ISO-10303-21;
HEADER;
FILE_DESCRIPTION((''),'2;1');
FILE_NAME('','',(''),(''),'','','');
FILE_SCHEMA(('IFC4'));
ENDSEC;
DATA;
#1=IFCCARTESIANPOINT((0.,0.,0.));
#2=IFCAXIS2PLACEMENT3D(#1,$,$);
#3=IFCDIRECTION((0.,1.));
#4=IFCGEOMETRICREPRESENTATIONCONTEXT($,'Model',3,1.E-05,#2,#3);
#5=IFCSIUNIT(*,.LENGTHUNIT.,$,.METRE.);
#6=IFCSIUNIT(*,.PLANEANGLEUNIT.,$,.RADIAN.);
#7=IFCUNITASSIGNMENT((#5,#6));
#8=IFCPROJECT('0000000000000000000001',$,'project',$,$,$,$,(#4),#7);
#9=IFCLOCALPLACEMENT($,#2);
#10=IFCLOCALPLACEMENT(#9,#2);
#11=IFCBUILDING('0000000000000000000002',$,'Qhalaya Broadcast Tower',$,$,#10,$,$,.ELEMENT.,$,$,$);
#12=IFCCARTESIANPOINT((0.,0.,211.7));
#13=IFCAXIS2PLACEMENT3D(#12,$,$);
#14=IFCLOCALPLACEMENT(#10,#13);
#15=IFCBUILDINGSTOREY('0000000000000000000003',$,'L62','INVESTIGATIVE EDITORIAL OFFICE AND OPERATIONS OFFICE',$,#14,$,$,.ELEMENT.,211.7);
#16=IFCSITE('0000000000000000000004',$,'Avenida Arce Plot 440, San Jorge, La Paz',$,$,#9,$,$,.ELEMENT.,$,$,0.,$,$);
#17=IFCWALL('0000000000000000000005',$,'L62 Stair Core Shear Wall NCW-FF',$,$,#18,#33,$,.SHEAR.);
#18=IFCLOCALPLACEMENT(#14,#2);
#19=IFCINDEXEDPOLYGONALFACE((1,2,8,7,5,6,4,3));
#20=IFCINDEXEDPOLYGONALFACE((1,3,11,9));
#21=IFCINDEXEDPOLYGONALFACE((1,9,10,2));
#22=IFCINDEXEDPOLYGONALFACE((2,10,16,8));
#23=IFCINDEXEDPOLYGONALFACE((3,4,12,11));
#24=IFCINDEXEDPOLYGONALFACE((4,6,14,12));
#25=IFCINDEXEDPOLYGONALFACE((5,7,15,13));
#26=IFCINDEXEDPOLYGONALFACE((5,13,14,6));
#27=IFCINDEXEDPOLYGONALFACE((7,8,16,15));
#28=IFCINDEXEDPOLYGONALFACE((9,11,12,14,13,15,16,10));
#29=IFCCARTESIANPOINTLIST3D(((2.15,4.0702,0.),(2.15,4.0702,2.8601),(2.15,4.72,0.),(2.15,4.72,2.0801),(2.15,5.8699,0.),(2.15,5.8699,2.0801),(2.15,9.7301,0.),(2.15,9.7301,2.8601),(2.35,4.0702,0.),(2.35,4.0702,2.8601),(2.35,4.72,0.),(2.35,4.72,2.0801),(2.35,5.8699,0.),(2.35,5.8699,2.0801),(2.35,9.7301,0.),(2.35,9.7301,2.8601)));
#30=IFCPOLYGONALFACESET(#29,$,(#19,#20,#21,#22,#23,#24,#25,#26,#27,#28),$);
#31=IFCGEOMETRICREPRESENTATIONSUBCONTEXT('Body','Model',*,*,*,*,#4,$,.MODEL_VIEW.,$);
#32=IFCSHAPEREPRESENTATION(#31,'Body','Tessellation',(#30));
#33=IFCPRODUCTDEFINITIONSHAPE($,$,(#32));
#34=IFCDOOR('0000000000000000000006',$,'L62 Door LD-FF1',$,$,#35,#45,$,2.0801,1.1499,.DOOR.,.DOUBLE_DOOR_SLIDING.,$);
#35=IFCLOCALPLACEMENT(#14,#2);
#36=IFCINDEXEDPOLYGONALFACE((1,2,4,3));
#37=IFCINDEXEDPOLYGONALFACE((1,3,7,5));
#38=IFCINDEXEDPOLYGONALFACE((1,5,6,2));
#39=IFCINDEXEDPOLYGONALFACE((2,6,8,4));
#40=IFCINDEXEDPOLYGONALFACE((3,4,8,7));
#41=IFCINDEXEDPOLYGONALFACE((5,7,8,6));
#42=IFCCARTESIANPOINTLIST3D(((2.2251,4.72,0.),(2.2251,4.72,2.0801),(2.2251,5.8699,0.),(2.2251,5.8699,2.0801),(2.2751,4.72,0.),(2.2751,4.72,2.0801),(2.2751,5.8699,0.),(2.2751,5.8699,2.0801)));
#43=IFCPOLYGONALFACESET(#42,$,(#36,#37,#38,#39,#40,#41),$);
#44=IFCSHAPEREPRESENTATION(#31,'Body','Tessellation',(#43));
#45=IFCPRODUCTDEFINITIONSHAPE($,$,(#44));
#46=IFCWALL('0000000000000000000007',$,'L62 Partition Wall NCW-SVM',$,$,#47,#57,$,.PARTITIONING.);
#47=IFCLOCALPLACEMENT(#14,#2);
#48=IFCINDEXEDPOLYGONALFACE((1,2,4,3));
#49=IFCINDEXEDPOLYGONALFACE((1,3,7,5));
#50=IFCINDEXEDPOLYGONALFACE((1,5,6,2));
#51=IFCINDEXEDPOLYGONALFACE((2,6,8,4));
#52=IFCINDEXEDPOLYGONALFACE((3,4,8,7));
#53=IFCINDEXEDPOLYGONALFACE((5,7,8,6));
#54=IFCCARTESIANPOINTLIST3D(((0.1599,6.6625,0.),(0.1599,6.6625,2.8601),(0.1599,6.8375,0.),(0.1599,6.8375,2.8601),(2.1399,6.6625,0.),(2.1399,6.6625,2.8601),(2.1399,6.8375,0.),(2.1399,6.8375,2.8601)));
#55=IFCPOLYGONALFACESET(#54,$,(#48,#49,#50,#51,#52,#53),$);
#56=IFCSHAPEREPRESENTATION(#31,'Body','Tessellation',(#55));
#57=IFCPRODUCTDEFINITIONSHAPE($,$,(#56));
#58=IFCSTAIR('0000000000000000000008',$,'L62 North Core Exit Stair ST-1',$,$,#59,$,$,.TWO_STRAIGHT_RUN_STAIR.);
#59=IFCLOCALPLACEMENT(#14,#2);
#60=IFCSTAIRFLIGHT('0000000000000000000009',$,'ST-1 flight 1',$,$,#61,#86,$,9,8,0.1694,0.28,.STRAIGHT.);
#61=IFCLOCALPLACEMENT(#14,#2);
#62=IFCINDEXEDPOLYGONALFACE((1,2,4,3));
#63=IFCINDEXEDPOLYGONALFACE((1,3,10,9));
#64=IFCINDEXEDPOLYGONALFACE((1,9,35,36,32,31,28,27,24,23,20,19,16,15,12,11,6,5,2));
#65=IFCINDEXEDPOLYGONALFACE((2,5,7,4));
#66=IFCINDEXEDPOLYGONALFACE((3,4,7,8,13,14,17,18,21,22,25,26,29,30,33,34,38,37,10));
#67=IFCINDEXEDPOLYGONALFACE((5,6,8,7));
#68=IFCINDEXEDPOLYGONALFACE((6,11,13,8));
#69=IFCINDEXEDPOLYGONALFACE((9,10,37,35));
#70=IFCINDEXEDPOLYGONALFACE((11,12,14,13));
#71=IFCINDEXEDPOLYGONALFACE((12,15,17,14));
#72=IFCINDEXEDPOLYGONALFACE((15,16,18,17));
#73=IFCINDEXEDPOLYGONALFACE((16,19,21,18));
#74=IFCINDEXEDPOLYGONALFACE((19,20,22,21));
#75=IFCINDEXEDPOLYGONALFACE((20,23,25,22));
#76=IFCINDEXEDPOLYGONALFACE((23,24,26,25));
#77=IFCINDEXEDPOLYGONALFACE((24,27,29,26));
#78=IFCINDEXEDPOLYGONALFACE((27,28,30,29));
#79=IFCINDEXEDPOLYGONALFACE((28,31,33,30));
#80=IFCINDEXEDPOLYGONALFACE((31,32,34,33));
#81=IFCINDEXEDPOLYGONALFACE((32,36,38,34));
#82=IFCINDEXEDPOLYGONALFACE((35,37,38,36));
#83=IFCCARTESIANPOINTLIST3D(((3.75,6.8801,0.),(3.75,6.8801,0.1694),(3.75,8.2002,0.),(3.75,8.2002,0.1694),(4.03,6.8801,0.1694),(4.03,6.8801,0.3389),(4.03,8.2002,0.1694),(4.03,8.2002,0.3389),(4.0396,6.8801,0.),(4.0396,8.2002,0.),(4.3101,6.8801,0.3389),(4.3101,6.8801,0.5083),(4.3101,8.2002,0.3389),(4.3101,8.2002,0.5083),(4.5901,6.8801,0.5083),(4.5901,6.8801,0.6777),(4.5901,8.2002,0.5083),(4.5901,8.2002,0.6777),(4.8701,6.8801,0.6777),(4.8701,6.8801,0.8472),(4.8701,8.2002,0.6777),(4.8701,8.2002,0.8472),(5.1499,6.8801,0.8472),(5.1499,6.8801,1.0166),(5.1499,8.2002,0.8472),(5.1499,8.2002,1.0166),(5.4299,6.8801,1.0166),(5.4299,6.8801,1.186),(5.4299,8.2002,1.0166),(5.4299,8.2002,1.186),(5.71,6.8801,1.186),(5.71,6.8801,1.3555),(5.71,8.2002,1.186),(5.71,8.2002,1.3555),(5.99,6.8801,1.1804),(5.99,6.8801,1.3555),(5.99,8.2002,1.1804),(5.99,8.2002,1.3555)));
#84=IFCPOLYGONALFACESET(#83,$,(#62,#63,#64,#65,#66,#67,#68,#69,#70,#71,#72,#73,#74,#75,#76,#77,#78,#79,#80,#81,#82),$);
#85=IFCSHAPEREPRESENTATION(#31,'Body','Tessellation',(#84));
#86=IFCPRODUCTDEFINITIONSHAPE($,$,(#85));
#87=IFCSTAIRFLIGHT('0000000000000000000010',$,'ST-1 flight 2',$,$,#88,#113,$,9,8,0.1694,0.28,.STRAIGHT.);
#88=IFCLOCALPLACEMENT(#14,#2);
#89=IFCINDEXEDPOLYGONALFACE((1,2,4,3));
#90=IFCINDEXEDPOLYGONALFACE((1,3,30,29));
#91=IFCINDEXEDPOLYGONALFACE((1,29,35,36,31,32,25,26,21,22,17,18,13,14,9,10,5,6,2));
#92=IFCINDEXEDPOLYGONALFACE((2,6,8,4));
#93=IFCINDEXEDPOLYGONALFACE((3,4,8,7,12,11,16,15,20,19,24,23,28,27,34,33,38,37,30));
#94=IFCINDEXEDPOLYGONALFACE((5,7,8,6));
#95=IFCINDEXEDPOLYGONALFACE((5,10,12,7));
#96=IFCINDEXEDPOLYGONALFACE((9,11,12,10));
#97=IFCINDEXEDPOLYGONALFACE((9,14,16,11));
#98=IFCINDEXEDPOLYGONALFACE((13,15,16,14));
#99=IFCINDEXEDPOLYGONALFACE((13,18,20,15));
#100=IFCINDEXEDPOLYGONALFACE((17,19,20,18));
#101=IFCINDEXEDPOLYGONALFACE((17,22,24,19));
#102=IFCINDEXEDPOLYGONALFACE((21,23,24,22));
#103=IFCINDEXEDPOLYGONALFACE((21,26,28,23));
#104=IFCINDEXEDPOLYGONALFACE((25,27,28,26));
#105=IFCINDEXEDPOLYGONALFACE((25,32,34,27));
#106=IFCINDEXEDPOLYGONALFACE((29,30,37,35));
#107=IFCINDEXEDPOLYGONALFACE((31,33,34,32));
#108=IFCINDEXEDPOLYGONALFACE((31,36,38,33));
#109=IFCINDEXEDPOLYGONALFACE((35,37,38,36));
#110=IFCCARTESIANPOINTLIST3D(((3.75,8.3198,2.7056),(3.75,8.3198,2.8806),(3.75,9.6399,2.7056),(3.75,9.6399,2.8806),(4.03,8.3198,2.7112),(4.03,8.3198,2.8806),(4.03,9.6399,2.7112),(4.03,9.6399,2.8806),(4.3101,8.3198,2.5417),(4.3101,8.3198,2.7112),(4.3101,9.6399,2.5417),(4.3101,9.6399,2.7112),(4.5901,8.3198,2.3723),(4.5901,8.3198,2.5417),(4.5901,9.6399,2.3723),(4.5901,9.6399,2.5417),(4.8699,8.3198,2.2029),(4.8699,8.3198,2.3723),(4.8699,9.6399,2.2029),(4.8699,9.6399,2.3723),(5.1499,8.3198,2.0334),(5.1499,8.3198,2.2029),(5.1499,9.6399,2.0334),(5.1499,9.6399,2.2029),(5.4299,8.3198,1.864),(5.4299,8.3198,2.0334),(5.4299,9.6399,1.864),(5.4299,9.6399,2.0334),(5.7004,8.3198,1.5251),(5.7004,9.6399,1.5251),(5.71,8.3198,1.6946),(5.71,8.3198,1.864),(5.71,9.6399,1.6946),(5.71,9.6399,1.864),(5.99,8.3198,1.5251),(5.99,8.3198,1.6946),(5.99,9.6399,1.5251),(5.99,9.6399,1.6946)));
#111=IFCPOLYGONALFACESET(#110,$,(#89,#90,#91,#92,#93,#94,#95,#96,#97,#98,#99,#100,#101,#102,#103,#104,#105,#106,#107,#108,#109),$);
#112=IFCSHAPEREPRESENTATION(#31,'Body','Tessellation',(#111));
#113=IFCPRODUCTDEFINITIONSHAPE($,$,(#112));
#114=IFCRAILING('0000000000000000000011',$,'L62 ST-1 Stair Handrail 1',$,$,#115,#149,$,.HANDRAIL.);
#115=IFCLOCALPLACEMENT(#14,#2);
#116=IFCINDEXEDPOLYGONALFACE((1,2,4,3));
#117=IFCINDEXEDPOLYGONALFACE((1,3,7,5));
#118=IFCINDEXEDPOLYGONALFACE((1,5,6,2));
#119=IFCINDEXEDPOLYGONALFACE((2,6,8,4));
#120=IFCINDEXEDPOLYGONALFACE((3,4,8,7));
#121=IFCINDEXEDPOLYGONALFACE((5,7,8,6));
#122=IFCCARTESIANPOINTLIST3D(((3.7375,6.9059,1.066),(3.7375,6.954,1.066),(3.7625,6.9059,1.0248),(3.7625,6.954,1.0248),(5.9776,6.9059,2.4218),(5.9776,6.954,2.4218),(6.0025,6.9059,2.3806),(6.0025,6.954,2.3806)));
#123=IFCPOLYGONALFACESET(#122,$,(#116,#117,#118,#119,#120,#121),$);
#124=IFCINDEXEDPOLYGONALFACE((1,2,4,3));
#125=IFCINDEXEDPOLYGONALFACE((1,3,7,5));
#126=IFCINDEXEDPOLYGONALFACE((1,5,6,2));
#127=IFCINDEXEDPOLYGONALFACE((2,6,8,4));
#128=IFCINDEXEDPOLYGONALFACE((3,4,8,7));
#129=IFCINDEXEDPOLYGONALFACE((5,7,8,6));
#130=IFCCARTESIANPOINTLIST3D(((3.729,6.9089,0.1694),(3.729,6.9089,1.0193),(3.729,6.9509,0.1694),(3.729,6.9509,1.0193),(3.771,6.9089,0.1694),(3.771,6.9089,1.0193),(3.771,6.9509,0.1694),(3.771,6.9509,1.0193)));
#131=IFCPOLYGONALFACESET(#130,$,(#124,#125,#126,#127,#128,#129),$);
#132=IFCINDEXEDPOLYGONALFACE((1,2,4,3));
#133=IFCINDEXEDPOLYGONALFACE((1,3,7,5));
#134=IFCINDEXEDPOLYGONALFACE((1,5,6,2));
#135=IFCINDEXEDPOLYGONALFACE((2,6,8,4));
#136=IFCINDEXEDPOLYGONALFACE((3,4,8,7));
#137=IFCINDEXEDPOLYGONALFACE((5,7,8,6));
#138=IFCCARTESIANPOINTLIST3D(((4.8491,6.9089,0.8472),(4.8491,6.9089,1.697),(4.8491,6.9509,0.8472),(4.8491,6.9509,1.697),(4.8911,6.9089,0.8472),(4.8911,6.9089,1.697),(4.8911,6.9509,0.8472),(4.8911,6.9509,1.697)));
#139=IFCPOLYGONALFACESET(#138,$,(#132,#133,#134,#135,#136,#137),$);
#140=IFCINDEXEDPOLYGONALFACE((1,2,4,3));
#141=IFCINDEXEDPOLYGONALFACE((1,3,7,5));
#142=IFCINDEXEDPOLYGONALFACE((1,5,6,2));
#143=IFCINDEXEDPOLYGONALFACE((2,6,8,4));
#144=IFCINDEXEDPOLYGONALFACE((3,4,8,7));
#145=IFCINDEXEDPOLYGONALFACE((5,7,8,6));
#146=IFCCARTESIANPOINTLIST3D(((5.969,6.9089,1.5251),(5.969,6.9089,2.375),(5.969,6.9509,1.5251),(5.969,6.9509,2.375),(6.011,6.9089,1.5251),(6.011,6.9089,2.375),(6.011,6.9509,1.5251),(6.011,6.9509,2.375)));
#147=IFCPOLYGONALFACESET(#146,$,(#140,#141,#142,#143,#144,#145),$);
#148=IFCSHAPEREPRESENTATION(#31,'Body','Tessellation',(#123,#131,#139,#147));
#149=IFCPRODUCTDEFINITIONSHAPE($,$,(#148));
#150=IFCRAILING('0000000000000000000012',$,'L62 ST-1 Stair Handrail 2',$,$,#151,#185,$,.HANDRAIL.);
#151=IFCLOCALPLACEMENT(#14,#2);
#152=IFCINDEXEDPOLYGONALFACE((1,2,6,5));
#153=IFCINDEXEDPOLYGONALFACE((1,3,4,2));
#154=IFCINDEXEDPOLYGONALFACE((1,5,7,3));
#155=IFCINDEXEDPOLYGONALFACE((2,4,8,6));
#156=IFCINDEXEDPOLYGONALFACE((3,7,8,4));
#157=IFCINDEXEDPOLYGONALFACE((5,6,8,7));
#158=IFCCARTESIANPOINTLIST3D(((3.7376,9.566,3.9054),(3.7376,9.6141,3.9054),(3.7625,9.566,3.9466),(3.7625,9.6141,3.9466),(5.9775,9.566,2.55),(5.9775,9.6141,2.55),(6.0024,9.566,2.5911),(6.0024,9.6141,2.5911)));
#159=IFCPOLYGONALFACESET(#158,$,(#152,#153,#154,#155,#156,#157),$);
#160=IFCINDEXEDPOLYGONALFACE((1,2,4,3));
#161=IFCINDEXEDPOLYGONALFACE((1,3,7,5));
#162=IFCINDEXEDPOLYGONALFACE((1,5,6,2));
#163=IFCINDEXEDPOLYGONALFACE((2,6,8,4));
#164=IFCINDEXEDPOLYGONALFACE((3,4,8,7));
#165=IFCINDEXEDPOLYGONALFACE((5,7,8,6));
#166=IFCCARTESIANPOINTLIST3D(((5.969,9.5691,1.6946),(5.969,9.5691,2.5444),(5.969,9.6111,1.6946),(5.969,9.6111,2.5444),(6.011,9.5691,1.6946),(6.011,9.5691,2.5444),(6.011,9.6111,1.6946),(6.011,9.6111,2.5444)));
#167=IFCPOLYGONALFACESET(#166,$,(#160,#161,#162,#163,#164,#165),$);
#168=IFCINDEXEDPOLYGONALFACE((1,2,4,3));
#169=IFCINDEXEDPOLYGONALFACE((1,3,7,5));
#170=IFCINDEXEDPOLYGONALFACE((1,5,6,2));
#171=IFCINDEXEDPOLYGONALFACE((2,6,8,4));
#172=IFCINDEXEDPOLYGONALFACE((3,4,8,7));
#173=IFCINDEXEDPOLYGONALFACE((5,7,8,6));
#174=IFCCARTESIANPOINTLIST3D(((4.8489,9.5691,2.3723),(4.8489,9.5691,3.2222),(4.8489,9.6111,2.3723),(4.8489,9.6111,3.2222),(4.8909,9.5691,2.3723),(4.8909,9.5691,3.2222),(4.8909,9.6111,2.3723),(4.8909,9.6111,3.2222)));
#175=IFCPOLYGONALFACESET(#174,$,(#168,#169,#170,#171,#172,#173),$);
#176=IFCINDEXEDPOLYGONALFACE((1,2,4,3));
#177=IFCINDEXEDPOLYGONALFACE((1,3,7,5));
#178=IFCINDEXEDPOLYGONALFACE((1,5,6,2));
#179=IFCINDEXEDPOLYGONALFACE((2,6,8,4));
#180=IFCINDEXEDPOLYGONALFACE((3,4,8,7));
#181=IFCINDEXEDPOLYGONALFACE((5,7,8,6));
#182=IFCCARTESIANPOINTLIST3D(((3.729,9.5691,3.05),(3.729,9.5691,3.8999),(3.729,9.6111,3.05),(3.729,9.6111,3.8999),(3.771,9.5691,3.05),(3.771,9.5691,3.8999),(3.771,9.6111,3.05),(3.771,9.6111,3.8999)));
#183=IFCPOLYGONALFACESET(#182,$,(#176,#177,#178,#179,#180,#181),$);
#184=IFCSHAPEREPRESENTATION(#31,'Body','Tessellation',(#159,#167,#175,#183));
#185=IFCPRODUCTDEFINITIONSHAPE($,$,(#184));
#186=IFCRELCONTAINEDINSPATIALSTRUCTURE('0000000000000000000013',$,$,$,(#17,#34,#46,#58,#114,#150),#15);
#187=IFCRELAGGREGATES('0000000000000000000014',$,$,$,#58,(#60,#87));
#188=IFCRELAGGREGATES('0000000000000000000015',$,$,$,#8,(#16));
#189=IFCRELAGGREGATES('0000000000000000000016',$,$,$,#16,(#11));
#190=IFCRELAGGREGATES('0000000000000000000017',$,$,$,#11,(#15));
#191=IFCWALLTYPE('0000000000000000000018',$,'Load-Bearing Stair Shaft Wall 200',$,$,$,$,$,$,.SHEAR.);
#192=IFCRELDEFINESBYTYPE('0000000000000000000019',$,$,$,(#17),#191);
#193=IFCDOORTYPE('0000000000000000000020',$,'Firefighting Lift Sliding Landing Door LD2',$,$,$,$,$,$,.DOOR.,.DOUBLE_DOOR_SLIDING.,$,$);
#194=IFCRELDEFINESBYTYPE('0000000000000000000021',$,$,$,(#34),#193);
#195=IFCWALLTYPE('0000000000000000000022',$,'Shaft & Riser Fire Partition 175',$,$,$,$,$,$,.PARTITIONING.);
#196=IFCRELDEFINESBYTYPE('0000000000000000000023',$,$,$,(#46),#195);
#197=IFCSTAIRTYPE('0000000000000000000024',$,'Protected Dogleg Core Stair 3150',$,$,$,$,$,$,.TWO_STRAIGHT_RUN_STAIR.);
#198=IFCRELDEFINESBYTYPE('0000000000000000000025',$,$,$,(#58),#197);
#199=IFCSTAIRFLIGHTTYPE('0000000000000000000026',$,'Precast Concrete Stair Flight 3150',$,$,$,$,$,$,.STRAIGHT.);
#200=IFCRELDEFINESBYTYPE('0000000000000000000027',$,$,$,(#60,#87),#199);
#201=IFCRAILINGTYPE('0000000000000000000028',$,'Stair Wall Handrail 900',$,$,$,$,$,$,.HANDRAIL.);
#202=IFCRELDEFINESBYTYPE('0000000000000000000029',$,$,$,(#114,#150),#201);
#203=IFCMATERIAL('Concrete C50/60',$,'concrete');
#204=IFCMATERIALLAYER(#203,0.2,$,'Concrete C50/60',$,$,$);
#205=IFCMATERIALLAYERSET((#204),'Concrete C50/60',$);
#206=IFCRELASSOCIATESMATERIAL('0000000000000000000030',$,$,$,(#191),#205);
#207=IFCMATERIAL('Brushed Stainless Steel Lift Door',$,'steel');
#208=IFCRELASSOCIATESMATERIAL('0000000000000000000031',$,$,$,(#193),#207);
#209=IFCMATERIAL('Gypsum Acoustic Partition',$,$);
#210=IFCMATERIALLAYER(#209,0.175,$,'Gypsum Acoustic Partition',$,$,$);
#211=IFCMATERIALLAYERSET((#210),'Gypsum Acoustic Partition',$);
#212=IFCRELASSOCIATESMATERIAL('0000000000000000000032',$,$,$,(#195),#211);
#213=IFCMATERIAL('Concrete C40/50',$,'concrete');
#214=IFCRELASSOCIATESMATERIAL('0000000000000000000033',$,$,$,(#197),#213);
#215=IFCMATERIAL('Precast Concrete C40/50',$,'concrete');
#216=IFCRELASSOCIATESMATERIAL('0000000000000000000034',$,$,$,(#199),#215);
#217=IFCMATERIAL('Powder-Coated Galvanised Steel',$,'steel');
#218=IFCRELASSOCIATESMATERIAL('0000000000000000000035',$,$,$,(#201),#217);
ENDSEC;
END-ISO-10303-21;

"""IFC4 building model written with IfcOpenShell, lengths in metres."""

from ifc_helpers import new_model, si_unit, direction, frame, frame_2d, origin, origin_2d, place, context, subcontext, project, spatial, polyline, rectangle, outline, extrude, material, layer, layer_set, type_object, element, fill, aggregate, save


model = new_model("IFC4")

# Units and contexts
model_context = context("Model", 3, precision=1e-05, world=origin(), true_north=direction((0.0, 1.0)))
body_context = subcontext(model_context, "Body", "Model", "MODEL_VIEW")
ifc_project = project(units=[si_unit("LENGTHUNIT", "METRE"), si_unit("PLANEANGLEUNIT", "RADIAN")], contexts=[model_context])

# Site, building, storey
site_placement = place(None, origin())
site = spatial("IfcSite", under=ifc_project, at=site_placement, Name="Avenida Arce Plot 440, San Jorge, La Paz", CompositionType="ELEMENT", RefElevation=0.0)
building_placement = place(site_placement, origin())
building = spatial("IfcBuilding", under=site, at=building_placement, Name="Qhalaya Broadcast Tower", CompositionType="ELEMENT")
storey_placement = place(building_placement, frame((0.0, 0.0, 211.7)))
storey = spatial("IfcBuildingStorey", under=building, at=storey_placement, Name="L62", Description="INVESTIGATIVE EDITORIAL OFFICE AND OPERATIONS OFFICE", CompositionType="ELEMENT", Elevation=211.7)

# Shared definitions
ifc_material_1 = material(Name="Concrete C50/60", Category="concrete")

# Wall, opening, door
ifc_layer_1 = layer(ifc_material_1, 0.2, Name="Concrete C50/60")
ifc_layer_set_1 = layer_set([ifc_layer_1], Name="Concrete C50/60")
wall_type_1 = type_object("IfcWallType", Name="Load-Bearing Stair Shaft Wall 200", PredefinedType="SHEAR", material=ifc_layer_set_1)
wall_1_placement = place(storey_placement, frame((2.25, 4.0701, 0.0), z_axis=(0.0, 0.0, 1.0), x_axis=(0.0, 1.0, 0.0)))
wall_1 = element("IfcWall", 1, at=wall_1_placement, inside=storey, type_object=wall_type_1, Name="L62 Stair Core Shear Wall NCW-FF", PredefinedType="SHEAR", context=body_context, shape_type="SweptSolid", body=[
    extrude(rectangle(XDim=5.6599, YDim=0.2, at=frame_2d((2.8301, 0.0))), origin(), (0.0, 0.0, 1.0), 2.8601),
])
opening_1_placement = place(wall_1_placement, frame((0.6499, 0.0, 0.0)))
opening_1 = element("IfcOpeningElement", 2, at=opening_1_placement, cuts=wall_1, PredefinedType="OPENING", context=body_context, shape_type="SweptSolid", body=[
    extrude(rectangle(XDim=1.1499, YDim=2.0801, at=frame_2d((0.575, 1.04))), frame((0.0, 0.1121, 0.0), z_axis=(0.0, -1.0, 0.0), x_axis=(1.0, 0.0, 0.0)), (0.0, 0.0, 1.0), 0.2239),
])
ifc_material_2 = material(Name="Brushed Stainless Steel Lift Door", Category="steel")
door_type_1 = type_object("IfcDoorType", Name="Firefighting Lift Sliding Landing Door LD2", OperationType="DOUBLE_DOOR_SLIDING", PredefinedType="DOOR", material=ifc_material_2)
door_1_placement = place(opening_1_placement, origin())
door_1 = element("IfcDoor", 3, at=door_1_placement, inside=storey, type_object=door_type_1, Name="L62 Door LD-FF1", OperationType="DOUBLE_DOOR_SLIDING", OverallHeight=2.0801, OverallWidth=1.1499, PredefinedType="DOOR", context=body_context, shape_type="SweptSolid", body=[
    extrude(rectangle(XDim=1.1499, YDim=2.0801, at=frame_2d((0.575, 1.04))), frame((0.0, 0.0249, 0.0), z_axis=(0.0, -1.0, 0.0), x_axis=(1.0, 0.0, 0.0)), (0.0, 0.0, 1.0), 0.05),
])
fill(opening_1, door_1)
ifc_material_3 = material(Name="Gypsum Acoustic Partition")
ifc_layer_2 = layer(ifc_material_3, 0.175, Name="Gypsum Acoustic Partition")
ifc_layer_set_2 = layer_set([ifc_layer_2], Name="Gypsum Acoustic Partition")
wall_type_2 = type_object("IfcWallType", Name="Shaft & Riser Fire Partition 175", PredefinedType="PARTITIONING", material=ifc_layer_set_2)

# Wall
wall_2_placement = place(storey_placement, frame((0.1599, 6.75, 0.0), z_axis=(0.0, 0.0, 1.0), x_axis=(1.0, 0.0, 0.0)))
element("IfcWall", 4, at=wall_2_placement, inside=storey, type_object=wall_type_2, Name="L62 Partition Wall NCW-SVM", PredefinedType="PARTITIONING", context=body_context, shape_type="SweptSolid", body=[
    extrude(rectangle(XDim=1.98, YDim=0.175, at=frame_2d((0.99, 0.0))), origin(), (0.0, 0.0, 1.0), 2.8601),
])

# Stair, stair flights
ifc_material_4 = material(Name="Concrete C40/50", Category="concrete")
stair_type = type_object("IfcStairType", Name="Protected Dogleg Core Stair 3150", PredefinedType="TWO_STRAIGHT_RUN_STAIR", material=ifc_material_4)
stair_placement = place(storey_placement, origin())
stair = element("IfcStair", 5, at=stair_placement, inside=storey, type_object=stair_type, Name="L62 North Core Exit Stair ST-1", PredefinedType="TWO_STRAIGHT_RUN_STAIR")
ifc_material_5 = material(Name="Precast Concrete C40/50", Category="concrete")
stair_flight_type = type_object("IfcStairFlightType", Name="Precast Concrete Stair Flight 3150", PredefinedType="STRAIGHT", material=ifc_material_5)
stair_flight_1_placement = place(storey_placement, frame((3.75, 7.54, 0.0), z_axis=(0.0, 0.0, 1.0), x_axis=(1.0, 0.0, 0.0)))
stair_flight_1 = element("IfcStairFlight", 6, at=stair_flight_1_placement, type_object=stair_flight_type, Name="ST-1 flight 1", NumberOfRisers=9, NumberOfTreads=8, PredefinedType="STRAIGHT", RiserHeight=0.1694, TreadLength=0.28, context=body_context, shape_type="SweptSolid", body=[
    extrude(outline(polyline([(0.0, 0.0), (0.0, 0.1694), (0.28, 0.1694), (0.28, 0.3389), (0.5601, 0.3389), (0.5601, 0.5083), (0.8401, 0.5083), (0.8401, 0.6777), (1.1201, 0.6777), (1.1201, 0.8472), (1.3999, 0.8472), (1.3999, 1.0166), (1.6799, 1.0166), (1.6799, 1.186), (1.96, 1.186), (1.96, 1.3555), (2.24, 1.3555), (2.24, 1.5249), (2.24, 1.1804), (0.2896, 0.0), (0.0, 0.0)])), frame((0.0, 0.6602, 0.0), z_axis=(0.0, -1.0, 0.0), x_axis=(1.0, 0.0, 0.0)), (0.0, 0.0, 1.0), 1.3201),
])
stair_flight_2_placement = place(storey_placement, frame((5.99, 8.98, 1.5251), z_axis=(0.0, 0.0, 1.0), x_axis=(-1.0, 0.0, 0.0)))
stair_flight_2 = element("IfcStairFlight", 7, at=stair_flight_2_placement, type_object=stair_flight_type, Name="ST-1 flight 2", NumberOfRisers=9, NumberOfTreads=8, PredefinedType="STRAIGHT", RiserHeight=0.1694, TreadLength=0.28, context=body_context, shape_type="SweptSolid", body=[
    extrude(outline(polyline([(0.0, 0.0), (0.0, 0.1694), (0.28, 0.1694), (0.28, 0.3389), (0.5601, 0.3389), (0.5601, 0.5083), (0.8401, 0.5083), (0.8401, 0.6777), (1.1201, 0.6777), (1.1201, 0.8472), (1.3999, 0.8472), (1.3999, 1.0166), (1.6799, 1.0166), (1.6799, 1.186), (1.96, 1.186), (1.96, 1.3555), (2.24, 1.3555), (2.24, 1.5249), (2.24, 1.1804), (0.2896, 0.0), (0.0, 0.0)])), frame((0.0, 0.6602, 0.0), z_axis=(0.0, -1.0, 0.0), x_axis=(1.0, 0.0, 0.0)), (0.0, 0.0, 1.0), 1.3201),
])
aggregate(stair, [stair_flight_1, stair_flight_2])

# Railings
ifc_material_6 = material(Name="Powder-Coated Galvanised Steel", Category="steel")
railing_type_1 = type_object("IfcRailingType", Name="Stair Wall Handrail 900", PredefinedType="HANDRAIL", material=ifc_material_6)
railing_1_placement = place(storey_placement, frame((3.75, 6.9299, 0.1694)))
element("IfcRailing", 8, at=railing_1_placement, inside=storey, type_object=railing_type_1, Name="L62 ST-1 Stair Handrail 1", PredefinedType="HANDRAIL", context=body_context, shape_type="SweptSolid", body=[
    extrude(rectangle(XDim=0.0481, YDim=0.0481, at=origin_2d()), frame((0.0, 0.0, 0.876), z_axis=(0.855512, 0.0, 0.517783), x_axis=(0.0, 1.0, 0.0)), (0.0, 0.0, 1.0), 2.6184),
    extrude(rectangle(XDim=0.042, YDim=0.042, at=origin_2d()), origin(), (0.0, 0.0, 1.0), 0.8499),
    extrude(rectangle(XDim=0.042, YDim=0.042, at=origin_2d()), frame((1.1201, 0.0, 0.6777)), (0.0, 0.0, 1.0), 0.8499),
    extrude(rectangle(XDim=0.042, YDim=0.042, at=origin_2d()), frame((2.24, 0.0, 1.3557)), (0.0, 0.0, 1.0), 0.8499),
])
railing_2_placement = place(storey_placement, frame((5.99, 9.5901, 1.6946)))
element("IfcRailing", 9, at=railing_2_placement, inside=storey, type_object=railing_type_1, Name="L62 ST-1 Stair Handrail 2", PredefinedType="HANDRAIL", context=body_context, shape_type="SweptSolid", body=[
    extrude(rectangle(XDim=0.0481, YDim=0.0481, at=origin_2d()), frame((0.0, 0.0, 0.876), z_axis=(-0.855553, 0.0, 0.517715), x_axis=(0.0, -1.0, 0.0)), (0.0, 0.0, 1.0), 2.6182),
    extrude(rectangle(XDim=0.042, YDim=0.042, at=origin_2d()), origin(), (0.0, 0.0, 1.0), 0.8499),
    extrude(rectangle(XDim=0.042, YDim=0.042, at=origin_2d()), frame((-1.1201, 0.0, 0.6777)), (0.0, 0.0, 1.0), 0.8499),
    extrude(rectangle(XDim=0.042, YDim=0.042, at=origin_2d()), frame((-2.24, 0.0, 1.3555)), (0.0, 0.0, 1.0), 0.8499),
])

save(model, "model.ifc")
